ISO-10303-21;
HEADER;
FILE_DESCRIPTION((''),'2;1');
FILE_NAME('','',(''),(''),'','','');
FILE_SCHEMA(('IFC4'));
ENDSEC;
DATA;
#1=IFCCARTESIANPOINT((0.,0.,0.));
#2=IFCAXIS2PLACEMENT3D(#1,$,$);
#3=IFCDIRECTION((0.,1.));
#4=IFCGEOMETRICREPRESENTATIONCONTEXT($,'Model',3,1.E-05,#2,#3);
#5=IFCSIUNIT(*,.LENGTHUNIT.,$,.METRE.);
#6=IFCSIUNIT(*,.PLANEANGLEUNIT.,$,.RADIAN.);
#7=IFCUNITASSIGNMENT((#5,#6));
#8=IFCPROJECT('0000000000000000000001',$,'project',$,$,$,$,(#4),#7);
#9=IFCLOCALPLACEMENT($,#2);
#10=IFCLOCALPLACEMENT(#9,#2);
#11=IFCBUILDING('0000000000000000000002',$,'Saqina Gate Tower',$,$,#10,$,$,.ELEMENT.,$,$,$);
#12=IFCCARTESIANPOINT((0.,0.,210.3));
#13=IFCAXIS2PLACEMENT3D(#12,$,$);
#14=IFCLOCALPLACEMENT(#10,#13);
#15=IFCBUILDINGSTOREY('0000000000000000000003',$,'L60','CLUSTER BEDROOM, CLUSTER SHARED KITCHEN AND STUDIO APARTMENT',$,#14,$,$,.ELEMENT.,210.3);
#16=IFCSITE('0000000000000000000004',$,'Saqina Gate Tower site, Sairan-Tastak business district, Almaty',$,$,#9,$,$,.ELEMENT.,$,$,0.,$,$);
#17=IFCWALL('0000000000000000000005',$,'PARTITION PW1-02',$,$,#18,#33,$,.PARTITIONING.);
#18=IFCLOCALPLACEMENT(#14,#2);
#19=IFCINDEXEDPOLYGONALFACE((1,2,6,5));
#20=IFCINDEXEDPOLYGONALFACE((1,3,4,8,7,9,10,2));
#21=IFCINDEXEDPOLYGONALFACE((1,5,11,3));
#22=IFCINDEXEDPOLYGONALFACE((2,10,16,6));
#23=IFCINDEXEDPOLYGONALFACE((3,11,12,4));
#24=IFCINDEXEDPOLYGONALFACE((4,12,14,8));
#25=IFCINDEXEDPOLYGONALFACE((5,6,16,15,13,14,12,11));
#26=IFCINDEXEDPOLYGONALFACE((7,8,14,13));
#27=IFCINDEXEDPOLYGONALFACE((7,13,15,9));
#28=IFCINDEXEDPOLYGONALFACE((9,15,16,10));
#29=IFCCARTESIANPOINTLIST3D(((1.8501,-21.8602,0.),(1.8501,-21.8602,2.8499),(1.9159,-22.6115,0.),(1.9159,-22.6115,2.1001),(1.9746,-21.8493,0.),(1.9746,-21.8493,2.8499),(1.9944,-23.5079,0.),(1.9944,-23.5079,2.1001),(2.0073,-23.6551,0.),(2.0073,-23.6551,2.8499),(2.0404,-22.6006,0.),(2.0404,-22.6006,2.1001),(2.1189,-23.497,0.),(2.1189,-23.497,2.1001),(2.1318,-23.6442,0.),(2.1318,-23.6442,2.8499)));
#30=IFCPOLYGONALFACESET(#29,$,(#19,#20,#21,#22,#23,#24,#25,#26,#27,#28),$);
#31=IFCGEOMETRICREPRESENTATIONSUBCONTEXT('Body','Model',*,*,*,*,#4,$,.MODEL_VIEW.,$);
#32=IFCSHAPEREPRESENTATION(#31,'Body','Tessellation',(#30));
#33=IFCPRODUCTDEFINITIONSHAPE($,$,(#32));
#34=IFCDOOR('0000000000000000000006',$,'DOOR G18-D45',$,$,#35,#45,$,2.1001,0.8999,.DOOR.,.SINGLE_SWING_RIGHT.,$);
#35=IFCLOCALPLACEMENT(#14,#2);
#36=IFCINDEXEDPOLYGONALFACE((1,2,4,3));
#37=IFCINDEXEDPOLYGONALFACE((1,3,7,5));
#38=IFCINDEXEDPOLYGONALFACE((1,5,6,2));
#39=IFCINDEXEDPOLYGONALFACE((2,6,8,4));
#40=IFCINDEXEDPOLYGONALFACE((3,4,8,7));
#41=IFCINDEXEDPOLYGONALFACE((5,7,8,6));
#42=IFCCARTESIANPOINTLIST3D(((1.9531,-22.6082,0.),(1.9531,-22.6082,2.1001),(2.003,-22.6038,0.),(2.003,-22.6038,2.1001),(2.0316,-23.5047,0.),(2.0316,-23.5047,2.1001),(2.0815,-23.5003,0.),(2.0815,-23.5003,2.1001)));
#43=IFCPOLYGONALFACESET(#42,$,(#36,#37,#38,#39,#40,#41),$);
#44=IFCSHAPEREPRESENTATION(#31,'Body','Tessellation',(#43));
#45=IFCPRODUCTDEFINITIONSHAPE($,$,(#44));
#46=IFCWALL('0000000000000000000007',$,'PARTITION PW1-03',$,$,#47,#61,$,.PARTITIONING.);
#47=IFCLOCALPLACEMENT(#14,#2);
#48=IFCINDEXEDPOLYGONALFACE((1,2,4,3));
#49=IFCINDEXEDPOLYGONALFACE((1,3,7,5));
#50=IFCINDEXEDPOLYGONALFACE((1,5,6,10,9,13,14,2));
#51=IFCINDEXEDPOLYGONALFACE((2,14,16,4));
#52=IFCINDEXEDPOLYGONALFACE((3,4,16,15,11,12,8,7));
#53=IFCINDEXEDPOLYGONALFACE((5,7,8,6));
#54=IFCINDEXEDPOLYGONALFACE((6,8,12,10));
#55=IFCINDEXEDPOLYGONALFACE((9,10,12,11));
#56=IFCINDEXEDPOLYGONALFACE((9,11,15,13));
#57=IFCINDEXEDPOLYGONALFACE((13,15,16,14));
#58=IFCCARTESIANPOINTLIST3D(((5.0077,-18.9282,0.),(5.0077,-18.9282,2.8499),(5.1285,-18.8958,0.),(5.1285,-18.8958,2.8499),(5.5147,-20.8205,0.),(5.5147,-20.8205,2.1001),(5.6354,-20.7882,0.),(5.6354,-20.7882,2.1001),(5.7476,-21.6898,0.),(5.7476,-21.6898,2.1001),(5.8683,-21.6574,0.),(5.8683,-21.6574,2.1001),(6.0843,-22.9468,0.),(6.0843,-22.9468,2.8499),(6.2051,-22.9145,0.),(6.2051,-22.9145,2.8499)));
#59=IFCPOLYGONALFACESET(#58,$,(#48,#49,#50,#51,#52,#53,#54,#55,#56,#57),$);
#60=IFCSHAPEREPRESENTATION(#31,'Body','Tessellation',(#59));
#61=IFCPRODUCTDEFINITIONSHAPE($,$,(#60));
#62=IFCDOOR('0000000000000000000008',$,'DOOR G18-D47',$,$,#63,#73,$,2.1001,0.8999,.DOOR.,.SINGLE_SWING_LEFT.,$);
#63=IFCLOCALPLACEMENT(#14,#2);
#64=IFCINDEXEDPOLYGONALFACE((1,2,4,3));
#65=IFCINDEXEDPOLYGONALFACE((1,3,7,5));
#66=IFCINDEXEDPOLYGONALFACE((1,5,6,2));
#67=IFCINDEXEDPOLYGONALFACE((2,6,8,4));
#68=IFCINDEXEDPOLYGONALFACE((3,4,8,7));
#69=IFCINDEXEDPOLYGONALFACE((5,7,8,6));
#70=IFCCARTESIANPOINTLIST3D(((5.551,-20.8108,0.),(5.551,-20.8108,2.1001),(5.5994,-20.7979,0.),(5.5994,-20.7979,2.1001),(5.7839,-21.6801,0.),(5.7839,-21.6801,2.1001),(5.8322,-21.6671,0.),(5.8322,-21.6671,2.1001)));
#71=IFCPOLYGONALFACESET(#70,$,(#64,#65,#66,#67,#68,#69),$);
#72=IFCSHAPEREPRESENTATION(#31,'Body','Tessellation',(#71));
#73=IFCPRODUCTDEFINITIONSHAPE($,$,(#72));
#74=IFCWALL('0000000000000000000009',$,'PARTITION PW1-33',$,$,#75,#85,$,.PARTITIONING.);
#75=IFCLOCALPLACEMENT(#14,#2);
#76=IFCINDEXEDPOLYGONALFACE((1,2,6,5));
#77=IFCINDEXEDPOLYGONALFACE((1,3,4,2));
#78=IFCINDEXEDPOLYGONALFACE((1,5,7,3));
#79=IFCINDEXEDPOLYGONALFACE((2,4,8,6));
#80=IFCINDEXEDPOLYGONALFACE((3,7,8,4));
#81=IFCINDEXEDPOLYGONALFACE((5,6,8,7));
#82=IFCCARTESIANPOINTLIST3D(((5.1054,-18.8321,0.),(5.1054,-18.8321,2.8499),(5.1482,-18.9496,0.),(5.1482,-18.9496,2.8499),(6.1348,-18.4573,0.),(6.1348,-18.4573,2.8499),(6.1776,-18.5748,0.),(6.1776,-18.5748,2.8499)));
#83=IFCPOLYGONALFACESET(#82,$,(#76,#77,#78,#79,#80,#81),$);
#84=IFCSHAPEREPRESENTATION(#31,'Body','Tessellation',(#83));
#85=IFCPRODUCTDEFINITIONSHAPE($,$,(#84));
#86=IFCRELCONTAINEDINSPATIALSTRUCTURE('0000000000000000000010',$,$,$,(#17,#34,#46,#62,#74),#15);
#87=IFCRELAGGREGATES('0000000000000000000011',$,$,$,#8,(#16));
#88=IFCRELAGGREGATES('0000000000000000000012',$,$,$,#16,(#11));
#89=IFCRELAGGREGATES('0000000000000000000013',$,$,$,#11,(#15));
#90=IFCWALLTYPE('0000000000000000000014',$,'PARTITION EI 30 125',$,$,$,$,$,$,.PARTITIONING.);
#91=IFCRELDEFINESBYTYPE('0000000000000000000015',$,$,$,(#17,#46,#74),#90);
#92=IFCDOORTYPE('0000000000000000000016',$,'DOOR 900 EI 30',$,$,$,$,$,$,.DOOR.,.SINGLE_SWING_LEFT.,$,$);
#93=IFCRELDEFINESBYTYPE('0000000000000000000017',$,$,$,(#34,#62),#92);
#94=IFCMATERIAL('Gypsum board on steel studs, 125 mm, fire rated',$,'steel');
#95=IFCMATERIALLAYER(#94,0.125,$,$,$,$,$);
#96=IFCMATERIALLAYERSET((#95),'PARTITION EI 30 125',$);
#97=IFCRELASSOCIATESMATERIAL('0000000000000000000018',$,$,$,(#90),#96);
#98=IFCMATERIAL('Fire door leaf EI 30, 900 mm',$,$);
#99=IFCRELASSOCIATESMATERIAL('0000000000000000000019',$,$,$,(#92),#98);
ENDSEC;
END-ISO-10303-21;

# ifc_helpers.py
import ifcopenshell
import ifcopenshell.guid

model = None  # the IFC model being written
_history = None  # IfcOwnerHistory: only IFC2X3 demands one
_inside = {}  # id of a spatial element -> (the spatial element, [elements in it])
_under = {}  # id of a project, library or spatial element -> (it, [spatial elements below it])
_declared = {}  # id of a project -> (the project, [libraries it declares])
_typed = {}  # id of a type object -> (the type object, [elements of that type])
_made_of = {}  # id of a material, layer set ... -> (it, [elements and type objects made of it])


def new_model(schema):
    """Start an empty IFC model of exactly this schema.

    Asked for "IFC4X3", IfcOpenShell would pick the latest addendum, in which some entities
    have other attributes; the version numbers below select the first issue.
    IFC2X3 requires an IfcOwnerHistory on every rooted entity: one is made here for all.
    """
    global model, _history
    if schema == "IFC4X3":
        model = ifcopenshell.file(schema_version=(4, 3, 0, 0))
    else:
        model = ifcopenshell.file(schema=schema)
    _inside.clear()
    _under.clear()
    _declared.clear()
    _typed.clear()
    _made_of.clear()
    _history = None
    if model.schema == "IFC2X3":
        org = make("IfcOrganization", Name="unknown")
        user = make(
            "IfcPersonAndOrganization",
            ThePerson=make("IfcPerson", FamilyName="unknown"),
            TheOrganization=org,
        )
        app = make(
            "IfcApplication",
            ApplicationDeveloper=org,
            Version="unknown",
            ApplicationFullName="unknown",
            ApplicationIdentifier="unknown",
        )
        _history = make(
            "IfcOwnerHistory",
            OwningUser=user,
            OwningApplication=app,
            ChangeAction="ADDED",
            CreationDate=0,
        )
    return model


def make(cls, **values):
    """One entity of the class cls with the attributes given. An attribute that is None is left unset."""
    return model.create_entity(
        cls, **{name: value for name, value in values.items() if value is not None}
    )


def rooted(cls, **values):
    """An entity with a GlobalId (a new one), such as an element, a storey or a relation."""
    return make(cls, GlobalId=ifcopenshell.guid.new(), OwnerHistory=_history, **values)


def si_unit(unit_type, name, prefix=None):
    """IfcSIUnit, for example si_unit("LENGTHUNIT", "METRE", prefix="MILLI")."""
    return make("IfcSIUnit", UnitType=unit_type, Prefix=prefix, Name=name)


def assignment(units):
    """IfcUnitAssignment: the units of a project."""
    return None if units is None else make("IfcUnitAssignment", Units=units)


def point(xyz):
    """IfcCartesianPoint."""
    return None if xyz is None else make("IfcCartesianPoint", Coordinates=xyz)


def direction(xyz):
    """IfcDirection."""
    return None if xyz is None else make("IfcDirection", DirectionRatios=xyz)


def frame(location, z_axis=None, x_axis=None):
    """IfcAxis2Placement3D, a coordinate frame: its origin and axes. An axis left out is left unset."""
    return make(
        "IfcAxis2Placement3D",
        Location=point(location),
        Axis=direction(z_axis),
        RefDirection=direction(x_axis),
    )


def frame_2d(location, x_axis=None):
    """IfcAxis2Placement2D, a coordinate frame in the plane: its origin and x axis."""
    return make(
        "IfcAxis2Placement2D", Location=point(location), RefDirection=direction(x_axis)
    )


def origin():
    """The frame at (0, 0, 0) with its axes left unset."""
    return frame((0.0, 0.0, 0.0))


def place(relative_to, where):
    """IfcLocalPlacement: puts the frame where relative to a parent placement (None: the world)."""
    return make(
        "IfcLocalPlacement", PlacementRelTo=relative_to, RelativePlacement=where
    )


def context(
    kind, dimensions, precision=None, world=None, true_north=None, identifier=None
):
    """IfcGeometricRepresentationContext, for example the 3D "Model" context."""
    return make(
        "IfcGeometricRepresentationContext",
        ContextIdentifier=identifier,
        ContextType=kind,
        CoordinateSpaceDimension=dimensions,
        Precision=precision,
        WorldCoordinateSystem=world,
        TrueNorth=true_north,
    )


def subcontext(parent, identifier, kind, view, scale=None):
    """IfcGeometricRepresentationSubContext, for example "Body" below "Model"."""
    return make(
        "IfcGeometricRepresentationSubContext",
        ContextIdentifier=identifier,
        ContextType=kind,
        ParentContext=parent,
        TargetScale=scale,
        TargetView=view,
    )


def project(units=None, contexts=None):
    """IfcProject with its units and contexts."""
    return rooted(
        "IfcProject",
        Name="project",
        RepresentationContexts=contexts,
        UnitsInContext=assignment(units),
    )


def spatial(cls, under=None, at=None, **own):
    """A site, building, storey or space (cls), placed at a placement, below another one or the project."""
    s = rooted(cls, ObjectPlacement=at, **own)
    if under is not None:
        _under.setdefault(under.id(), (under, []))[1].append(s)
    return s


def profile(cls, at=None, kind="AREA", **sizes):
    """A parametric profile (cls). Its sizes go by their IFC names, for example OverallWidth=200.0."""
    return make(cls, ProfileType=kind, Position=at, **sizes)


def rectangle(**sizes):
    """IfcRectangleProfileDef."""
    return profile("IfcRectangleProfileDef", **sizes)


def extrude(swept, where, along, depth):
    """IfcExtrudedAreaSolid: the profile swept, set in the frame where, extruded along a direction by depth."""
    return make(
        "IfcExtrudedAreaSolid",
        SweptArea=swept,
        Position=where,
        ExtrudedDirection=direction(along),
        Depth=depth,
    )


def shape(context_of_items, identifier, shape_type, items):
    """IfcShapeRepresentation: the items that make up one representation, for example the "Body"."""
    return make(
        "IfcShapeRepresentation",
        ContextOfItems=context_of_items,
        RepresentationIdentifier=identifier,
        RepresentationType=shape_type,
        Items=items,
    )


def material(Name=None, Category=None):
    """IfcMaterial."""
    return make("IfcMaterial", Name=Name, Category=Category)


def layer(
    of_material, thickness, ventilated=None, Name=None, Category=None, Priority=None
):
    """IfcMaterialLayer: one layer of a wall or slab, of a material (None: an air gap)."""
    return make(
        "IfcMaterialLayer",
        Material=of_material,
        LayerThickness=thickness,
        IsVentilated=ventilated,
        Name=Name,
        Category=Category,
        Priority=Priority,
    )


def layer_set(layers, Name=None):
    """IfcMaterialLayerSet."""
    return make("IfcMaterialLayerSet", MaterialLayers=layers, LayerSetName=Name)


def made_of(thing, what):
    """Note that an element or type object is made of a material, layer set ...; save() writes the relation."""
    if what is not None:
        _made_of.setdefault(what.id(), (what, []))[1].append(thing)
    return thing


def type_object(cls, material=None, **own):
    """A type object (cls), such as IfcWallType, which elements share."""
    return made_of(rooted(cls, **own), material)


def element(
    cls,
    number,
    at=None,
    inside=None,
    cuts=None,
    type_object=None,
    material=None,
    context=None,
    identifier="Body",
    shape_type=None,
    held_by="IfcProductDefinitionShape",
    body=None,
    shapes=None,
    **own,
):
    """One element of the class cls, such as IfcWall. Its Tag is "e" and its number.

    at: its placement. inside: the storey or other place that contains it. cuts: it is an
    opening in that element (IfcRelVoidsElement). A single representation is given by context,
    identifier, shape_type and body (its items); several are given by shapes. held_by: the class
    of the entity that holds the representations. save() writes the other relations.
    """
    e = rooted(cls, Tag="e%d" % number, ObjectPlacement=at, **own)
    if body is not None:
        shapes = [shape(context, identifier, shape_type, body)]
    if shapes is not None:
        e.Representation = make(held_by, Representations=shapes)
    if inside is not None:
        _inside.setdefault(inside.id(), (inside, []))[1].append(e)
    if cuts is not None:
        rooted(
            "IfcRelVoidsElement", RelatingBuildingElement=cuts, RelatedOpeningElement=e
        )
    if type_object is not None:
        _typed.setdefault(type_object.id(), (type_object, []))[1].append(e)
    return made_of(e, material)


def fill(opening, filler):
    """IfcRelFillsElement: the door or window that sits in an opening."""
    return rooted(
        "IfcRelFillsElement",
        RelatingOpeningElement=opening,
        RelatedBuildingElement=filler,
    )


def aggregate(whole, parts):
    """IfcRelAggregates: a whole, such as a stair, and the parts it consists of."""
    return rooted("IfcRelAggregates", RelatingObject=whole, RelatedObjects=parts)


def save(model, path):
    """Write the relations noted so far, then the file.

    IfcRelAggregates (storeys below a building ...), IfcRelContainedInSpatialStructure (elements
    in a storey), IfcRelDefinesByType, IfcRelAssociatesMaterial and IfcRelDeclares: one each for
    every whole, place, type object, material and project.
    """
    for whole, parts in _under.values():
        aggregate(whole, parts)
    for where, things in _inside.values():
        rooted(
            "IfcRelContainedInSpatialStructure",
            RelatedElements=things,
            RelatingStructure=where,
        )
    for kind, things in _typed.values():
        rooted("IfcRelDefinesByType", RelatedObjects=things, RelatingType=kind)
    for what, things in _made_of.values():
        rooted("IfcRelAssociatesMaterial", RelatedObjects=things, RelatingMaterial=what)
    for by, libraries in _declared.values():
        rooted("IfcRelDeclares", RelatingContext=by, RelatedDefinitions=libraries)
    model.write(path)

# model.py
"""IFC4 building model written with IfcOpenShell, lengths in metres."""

from ifc_helpers import new_model, si_unit, direction, frame, frame_2d, origin, place, context, subcontext, project, spatial, rectangle, extrude, material, layer, layer_set, type_object, element, fill, save


model = new_model("IFC4")

# Units and contexts
model_context = context("Model", 3, precision=1e-05, world=origin(), true_north=direction((0.0, 1.0)))
body_context = subcontext(model_context, "Body", "Model", "MODEL_VIEW")
ifc_project = project(units=[si_unit("LENGTHUNIT", "METRE"), si_unit("PLANEANGLEUNIT", "RADIAN")], contexts=[model_context])

# Site, building, storey
site_placement = place(None, origin())
site = spatial("IfcSite", under=ifc_project, at=site_placement, Name="Saqina Gate Tower site, Sairan-Tastak business district, Almaty", CompositionType="ELEMENT", RefElevation=0.0)
building_placement = place(site_placement, origin())
building = spatial("IfcBuilding", under=site, at=building_placement, Name="Saqina Gate Tower", CompositionType="ELEMENT")
storey_placement = place(building_placement, frame((0.0, 0.0, 210.3)))
storey = spatial("IfcBuildingStorey", under=building, at=storey_placement, Name="L60", Description="CLUSTER BEDROOM, CLUSTER SHARED KITCHEN AND STUDIO APARTMENT", CompositionType="ELEMENT", Elevation=210.3)

# Walls, openings, doors
ifc_material_1 = material(Name="Gypsum board on steel studs, 125 mm, fire rated", Category="steel")
ifc_layer_1 = layer(ifc_material_1, 0.125)
ifc_layer_set_1 = layer_set([ifc_layer_1], Name="PARTITION EI 30 125")
wall_type_1 = type_object("IfcWallType", Name="PARTITION EI 30 125", PredefinedType="PARTITIONING", material=ifc_layer_set_1)
wall_1_placement = place(storey_placement, frame((1.9124, -21.8547, 0.0), z_axis=(0.0, 0.0, 1.0), x_axis=(0.087261, -0.996185, 0.0)))
wall_1 = element("IfcWall", 1, at=wall_1_placement, inside=storey, type_object=wall_type_1, Name="PARTITION PW1-02", PredefinedType="PARTITIONING", context=body_context, shape_type="SweptSolid", body=[
    extrude(rectangle(XDim=1.8018, YDim=0.125, at=frame_2d((0.9009, 0.0))), origin(), (0.0, 0.0, 1.0), 2.8499),
])
opening_1_placement = place(wall_1_placement, frame((0.7542, 0.0, 0.0)))
opening_1 = element("IfcOpeningElement", 2, at=opening_1_placement, cuts=wall_1, PredefinedType="OPENING", context=body_context, shape_type="SweptSolid", body=[
    extrude(rectangle(XDim=0.8999, YDim=2.1001, at=frame_2d((0.45, 1.05))), frame((0.0, 0.0745, 0.0), z_axis=(0.0, -1.0, 0.0), x_axis=(1.0, 0.0, 0.0)), (0.0, 0.0, 1.0), 0.1489),
])
ifc_material_2 = material(Name="Fire door leaf EI 30, 900 mm")
door_type_1 = type_object("IfcDoorType", Name="DOOR 900 EI 30", OperationType="SINGLE_SWING_LEFT", PredefinedType="DOOR", material=ifc_material_2)
door_1_placement = place(opening_1_placement, origin())
door_1 = element("IfcDoor", 3, at=door_1_placement, inside=storey, type_object=door_type_1, Name="DOOR G18-D45", OperationType="SINGLE_SWING_RIGHT", OverallHeight=2.1001, OverallWidth=0.8999, PredefinedType="DOOR", context=body_context, shape_type="SweptSolid", body=[
    extrude(rectangle(XDim=0.8999, YDim=2.1001, at=frame_2d((0.45, 1.05))), frame((0.0, 0.0249, 0.0), z_axis=(0.0, -1.0, 0.0), x_axis=(1.0, 0.0, 0.0)), (0.0, 0.0, 1.0), 0.05),
])
fill(opening_1, door_1)
wall_2_placement = place(storey_placement, frame((5.0681, -18.9121, 0.0), z_axis=(0.0, 0.0, 1.0), x_axis=(0.25878, -0.965936, 0.0)))
wall_2 = element("IfcWall", 4, at=wall_2_placement, inside=storey, type_object=wall_type_1, Name="PARTITION PW1-03", PredefinedType="PARTITIONING", context=body_context, shape_type="SweptSolid", body=[
    extrude(rectangle(XDim=4.1604, YDim=0.125, at=frame_2d((2.0801, 0.0))), origin(), (0.0, 0.0, 1.0), 2.8499),
])
opening_2_placement = place(wall_2_placement, frame((1.959, 0.0, 0.0)))
opening_2 = element("IfcOpeningElement", 5, at=opening_2_placement, cuts=wall_2, PredefinedType="OPENING", context=body_context, shape_type="SweptSolid", body=[
    extrude(rectangle(XDim=0.8999, YDim=2.1001, at=frame_2d((0.45, 1.05))), frame((0.0, 0.0745, 0.0), z_axis=(0.0, -1.0, 0.0), x_axis=(1.0, 0.0, 0.0)), (0.0, 0.0, 1.0), 0.1489),
])
door_2_placement = place(opening_2_placement, frame((0.8999, 0.0, 0.0), z_axis=(0.0, 0.0, 1.0), x_axis=(-1.0, 0.0, 0.0)))
door_2 = element("IfcDoor", 6, at=door_2_placement, inside=storey, type_object=door_type_1, Name="DOOR G18-D47", OperationType="SINGLE_SWING_LEFT", OverallHeight=2.1001, OverallWidth=0.8999, PredefinedType="DOOR", context=body_context, shape_type="SweptSolid", body=[
    extrude(rectangle(XDim=0.8999, YDim=2.1001, at=frame_2d((0.45, 1.05))), frame((0.0, 0.0249, 0.0), z_axis=(0.0, -1.0, 0.0), x_axis=(1.0, 0.0, 0.0)), (0.0, 0.0, 1.0), 0.05),
])
fill(opening_2, door_2)

# Wall
wall_3_placement = place(storey_placement, frame((5.1267, -18.8909, 0.0), z_axis=(0.0, 0.0, 1.0), x_axis=(0.939657, 0.342119, 0.0)))
element("IfcWall", 7, at=wall_3_placement, inside=storey, type_object=wall_type_1, Name="PARTITION PW1-33", PredefinedType="PARTITIONING", context=body_context, shape_type="SweptSolid", body=[
    extrude(rectangle(XDim=1.0955, YDim=0.125, at=frame_2d((0.5479, 0.0))), origin(), (0.0, 0.0, 1.0), 2.8499),
])

save(model, "model.ifc")
